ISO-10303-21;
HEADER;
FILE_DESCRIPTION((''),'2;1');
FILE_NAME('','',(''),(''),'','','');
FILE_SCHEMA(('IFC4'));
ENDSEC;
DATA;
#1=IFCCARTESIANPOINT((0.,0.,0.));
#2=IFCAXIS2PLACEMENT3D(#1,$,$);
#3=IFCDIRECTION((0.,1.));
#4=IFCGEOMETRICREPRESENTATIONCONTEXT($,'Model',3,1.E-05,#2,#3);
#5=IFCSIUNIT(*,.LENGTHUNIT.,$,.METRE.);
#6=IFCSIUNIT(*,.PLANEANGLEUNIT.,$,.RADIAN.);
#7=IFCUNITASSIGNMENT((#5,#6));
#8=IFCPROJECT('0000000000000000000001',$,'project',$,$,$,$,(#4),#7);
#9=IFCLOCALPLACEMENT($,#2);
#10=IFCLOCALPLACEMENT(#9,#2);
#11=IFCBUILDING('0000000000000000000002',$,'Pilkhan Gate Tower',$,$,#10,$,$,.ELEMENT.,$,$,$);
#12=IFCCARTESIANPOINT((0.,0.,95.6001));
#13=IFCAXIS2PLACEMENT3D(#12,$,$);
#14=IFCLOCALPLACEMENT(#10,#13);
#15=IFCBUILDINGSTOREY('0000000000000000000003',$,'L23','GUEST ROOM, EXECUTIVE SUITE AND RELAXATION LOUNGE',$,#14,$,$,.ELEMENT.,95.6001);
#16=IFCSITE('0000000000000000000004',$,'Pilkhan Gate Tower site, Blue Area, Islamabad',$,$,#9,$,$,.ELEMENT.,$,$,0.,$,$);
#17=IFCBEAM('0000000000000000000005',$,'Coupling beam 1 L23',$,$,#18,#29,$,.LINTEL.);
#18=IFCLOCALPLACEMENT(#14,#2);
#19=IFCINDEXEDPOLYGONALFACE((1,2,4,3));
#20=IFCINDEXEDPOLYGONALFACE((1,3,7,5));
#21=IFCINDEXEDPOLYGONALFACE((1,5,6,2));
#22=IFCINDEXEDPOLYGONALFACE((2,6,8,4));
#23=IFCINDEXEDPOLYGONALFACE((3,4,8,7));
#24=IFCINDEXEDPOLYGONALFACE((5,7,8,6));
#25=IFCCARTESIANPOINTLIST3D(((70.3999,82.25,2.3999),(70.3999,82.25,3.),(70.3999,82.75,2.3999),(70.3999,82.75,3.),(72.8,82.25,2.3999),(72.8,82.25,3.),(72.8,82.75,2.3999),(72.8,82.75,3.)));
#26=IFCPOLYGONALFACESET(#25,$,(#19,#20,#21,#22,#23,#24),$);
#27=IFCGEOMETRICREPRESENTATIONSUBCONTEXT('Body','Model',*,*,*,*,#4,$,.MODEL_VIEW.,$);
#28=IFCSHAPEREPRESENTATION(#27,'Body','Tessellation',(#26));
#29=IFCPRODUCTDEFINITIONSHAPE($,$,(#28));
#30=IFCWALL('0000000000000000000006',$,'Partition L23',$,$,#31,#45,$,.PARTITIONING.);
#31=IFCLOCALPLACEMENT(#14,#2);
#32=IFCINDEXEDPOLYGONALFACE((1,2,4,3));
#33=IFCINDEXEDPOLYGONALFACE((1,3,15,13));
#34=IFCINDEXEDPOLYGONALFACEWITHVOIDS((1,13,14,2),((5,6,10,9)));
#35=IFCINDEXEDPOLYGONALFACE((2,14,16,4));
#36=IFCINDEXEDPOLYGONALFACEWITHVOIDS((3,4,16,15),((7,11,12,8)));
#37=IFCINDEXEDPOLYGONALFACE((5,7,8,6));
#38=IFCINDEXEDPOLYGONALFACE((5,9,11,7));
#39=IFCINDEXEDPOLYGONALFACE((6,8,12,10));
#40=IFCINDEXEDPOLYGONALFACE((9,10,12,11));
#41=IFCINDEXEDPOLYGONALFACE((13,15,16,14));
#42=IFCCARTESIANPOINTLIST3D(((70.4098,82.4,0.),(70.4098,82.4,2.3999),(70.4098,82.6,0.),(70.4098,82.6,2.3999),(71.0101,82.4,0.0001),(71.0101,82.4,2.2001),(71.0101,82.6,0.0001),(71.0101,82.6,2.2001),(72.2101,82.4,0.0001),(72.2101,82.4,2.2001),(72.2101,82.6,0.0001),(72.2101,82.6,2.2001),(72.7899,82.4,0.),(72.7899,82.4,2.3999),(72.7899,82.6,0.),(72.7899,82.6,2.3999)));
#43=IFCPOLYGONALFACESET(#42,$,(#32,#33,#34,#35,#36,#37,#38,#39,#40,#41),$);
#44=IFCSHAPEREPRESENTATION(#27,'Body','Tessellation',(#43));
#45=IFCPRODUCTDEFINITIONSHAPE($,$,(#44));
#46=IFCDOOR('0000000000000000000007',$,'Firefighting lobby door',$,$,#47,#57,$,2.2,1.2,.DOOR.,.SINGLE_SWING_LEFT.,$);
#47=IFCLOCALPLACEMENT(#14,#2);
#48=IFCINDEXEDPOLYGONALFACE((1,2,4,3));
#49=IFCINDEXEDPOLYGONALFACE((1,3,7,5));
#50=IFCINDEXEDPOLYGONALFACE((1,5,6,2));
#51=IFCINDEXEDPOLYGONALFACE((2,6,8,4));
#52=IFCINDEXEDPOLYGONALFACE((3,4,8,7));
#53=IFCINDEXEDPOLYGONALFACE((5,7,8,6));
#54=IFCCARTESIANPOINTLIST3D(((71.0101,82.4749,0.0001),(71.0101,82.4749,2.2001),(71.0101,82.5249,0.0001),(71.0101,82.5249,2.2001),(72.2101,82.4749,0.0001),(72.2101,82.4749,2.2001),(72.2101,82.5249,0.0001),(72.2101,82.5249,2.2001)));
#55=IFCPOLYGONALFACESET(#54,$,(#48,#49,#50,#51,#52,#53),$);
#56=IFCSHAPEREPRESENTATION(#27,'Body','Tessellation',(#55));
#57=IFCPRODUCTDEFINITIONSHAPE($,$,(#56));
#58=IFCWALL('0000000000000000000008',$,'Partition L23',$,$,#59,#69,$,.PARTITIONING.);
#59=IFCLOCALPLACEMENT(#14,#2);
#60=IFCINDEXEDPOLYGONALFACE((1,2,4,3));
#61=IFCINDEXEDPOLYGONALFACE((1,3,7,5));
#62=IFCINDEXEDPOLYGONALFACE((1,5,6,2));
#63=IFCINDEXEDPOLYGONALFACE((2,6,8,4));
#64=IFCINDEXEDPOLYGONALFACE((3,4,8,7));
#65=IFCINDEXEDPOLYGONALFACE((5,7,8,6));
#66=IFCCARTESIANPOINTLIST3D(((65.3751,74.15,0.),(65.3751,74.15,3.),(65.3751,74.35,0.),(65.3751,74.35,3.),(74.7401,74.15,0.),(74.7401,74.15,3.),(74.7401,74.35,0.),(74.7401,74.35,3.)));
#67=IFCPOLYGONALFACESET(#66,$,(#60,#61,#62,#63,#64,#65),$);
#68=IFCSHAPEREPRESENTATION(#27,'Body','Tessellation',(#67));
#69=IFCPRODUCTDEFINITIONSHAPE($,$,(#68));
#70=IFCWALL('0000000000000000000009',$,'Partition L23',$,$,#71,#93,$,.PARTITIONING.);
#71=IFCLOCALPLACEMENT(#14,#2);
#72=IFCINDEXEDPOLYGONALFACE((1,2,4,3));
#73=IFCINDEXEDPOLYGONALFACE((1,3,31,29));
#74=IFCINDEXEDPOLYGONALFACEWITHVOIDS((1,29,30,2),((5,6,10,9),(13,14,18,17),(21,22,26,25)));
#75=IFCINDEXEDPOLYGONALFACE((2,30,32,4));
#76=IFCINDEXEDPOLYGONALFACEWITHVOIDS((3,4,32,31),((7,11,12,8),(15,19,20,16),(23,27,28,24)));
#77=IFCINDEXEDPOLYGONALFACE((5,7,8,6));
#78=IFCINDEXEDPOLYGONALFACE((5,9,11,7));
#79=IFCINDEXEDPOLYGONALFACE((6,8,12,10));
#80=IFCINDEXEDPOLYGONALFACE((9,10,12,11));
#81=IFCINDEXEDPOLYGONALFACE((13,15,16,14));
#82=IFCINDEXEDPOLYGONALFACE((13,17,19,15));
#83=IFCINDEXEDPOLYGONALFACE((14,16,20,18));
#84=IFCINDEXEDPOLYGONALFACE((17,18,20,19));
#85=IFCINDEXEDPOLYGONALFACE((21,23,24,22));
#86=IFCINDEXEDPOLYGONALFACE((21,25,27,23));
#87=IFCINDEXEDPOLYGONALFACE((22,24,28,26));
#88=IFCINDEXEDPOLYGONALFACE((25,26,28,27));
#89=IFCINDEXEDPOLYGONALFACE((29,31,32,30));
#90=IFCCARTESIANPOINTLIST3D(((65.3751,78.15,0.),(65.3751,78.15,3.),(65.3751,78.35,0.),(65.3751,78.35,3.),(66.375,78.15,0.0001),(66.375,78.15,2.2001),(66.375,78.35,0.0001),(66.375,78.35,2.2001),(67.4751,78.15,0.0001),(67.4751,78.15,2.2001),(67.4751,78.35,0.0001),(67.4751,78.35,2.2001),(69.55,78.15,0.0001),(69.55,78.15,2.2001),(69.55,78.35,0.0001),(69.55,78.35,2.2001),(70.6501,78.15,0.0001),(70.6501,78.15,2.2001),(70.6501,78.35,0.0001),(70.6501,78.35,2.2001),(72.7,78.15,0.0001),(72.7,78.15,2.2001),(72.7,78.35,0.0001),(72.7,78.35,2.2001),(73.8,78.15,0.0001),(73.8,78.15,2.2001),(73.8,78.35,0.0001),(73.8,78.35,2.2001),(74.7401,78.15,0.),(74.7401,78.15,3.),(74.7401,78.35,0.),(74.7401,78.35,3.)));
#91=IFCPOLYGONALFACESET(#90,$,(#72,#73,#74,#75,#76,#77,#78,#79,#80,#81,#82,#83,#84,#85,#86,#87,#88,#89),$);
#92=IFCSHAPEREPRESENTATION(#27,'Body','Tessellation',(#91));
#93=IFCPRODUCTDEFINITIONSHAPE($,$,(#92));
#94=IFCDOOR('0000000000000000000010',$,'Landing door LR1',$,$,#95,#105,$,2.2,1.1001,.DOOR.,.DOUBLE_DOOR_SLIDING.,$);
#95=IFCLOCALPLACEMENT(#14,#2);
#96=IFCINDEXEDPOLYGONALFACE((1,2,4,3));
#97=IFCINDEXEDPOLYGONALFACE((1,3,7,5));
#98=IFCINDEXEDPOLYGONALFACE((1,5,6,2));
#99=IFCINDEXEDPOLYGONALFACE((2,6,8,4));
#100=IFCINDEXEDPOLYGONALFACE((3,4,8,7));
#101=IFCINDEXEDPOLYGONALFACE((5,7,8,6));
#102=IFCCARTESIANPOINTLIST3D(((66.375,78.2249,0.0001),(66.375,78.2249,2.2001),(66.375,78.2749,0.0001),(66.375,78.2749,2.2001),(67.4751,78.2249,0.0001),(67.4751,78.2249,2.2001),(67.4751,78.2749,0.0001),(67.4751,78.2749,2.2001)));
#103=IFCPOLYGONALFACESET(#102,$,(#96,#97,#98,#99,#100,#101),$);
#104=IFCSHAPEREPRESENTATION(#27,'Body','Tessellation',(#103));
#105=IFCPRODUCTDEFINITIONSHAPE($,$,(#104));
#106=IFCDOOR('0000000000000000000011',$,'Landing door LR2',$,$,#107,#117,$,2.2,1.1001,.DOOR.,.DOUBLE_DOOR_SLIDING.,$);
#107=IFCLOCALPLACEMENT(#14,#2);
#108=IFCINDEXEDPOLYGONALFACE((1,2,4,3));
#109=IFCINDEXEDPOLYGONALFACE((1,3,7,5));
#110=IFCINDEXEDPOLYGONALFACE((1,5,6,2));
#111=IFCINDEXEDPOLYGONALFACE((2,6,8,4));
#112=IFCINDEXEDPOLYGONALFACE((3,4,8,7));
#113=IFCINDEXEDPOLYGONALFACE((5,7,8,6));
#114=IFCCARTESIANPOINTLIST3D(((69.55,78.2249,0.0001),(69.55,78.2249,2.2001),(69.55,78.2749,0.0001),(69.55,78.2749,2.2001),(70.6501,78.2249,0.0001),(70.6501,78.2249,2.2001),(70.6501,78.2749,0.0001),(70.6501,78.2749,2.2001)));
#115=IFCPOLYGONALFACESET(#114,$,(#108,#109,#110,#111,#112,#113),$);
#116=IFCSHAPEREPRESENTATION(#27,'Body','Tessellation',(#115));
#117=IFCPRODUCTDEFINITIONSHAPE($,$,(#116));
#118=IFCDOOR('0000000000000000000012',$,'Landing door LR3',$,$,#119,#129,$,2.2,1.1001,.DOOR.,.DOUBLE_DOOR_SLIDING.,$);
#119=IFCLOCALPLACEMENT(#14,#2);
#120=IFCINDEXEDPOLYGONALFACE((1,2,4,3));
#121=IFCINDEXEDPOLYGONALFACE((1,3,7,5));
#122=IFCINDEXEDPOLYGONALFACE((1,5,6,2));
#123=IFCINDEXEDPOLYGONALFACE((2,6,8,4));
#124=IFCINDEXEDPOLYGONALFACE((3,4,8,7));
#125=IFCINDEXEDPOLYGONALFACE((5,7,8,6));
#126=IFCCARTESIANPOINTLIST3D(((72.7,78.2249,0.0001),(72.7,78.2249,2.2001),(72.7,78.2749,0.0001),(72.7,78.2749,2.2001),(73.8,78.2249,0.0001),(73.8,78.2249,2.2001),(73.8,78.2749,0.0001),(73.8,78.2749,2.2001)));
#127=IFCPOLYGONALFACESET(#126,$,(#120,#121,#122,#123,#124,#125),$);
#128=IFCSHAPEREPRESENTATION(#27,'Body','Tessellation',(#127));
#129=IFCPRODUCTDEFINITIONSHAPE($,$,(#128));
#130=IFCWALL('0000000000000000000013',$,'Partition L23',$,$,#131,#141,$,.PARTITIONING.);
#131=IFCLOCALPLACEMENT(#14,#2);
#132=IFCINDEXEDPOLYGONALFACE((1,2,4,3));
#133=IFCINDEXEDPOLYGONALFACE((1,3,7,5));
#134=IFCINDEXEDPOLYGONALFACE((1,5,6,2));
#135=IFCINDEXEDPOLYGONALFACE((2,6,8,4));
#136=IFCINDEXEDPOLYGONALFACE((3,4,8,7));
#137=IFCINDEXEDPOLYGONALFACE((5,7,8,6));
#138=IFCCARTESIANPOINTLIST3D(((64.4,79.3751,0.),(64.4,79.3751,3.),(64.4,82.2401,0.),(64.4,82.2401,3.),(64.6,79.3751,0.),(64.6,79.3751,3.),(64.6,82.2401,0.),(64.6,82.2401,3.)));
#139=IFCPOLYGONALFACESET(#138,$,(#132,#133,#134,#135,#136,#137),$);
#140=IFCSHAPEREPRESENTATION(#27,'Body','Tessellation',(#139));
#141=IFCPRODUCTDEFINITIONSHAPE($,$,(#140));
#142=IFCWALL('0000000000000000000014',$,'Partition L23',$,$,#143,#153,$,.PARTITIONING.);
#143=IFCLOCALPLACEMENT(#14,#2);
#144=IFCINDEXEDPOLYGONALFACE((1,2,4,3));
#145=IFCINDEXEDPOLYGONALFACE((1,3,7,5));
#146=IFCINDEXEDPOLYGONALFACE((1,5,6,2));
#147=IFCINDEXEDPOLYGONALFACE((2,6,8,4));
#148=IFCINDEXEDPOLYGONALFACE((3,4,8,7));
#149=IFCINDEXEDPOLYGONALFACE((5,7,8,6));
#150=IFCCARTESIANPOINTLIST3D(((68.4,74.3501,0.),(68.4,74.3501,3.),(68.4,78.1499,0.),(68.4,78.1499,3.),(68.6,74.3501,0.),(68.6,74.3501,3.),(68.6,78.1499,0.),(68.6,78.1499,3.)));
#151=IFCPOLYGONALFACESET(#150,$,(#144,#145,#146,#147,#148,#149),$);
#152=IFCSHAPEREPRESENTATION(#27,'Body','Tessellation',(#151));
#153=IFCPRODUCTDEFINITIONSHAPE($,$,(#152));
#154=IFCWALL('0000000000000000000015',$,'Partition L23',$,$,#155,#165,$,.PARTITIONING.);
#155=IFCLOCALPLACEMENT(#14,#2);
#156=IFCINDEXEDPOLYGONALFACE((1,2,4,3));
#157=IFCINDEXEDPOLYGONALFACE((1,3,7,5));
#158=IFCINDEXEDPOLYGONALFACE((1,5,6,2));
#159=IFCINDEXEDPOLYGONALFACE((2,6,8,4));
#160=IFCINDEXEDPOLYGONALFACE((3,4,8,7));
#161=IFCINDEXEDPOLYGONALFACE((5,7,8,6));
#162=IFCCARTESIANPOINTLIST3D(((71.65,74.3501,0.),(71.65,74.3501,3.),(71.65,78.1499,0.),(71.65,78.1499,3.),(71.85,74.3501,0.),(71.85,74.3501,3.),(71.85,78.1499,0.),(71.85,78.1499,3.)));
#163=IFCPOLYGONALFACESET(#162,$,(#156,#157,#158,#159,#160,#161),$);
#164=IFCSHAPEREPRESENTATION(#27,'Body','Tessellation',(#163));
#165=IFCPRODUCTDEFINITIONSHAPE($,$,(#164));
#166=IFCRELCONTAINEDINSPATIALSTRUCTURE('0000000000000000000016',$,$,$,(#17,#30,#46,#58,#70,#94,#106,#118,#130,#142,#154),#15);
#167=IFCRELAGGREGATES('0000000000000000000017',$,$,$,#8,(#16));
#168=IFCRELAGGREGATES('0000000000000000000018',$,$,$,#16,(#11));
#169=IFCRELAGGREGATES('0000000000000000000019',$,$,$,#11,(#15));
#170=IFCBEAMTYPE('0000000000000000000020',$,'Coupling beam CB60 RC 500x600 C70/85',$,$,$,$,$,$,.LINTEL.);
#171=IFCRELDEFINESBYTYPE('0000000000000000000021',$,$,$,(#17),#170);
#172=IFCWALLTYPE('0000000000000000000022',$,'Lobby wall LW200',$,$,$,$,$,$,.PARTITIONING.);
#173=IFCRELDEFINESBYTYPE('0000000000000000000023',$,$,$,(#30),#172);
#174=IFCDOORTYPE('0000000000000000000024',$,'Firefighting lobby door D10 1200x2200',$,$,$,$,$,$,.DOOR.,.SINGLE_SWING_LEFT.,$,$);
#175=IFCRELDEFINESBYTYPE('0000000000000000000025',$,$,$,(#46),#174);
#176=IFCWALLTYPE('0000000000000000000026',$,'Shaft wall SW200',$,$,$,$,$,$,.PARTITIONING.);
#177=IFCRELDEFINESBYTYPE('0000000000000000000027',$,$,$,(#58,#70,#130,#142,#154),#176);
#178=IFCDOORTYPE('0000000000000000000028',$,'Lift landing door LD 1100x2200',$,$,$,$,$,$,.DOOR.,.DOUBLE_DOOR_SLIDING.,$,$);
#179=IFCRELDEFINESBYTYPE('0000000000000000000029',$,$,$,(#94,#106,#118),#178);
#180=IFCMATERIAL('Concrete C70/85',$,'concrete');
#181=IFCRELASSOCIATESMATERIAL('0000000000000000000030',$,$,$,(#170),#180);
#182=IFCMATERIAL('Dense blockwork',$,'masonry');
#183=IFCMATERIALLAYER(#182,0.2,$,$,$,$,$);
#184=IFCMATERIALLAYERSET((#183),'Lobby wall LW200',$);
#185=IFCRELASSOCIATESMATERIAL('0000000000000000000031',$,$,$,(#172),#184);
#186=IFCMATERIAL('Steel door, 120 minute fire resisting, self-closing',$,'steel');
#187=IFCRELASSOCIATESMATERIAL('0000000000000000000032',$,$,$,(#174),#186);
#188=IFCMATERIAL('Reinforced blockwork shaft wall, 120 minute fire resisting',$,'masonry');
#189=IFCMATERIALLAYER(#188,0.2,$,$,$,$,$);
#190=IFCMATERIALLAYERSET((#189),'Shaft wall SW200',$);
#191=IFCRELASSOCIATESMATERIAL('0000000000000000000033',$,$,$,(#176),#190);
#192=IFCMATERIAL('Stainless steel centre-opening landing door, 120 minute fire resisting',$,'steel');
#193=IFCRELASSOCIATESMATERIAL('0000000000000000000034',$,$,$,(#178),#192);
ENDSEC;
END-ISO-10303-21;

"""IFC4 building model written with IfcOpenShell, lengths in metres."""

from ifc_helpers import new_model, si_unit, direction, frame, frame_2d, origin, origin_2d, place, context, subcontext, project, spatial, rectangle, extrude, material, layer, layer_set, material_profile, profile_set, type_object, element, fill, save


model = new_model("IFC4")

# Units and contexts
model_context = context("Model", 3, precision=1e-05, world=origin(), true_north=direction((0.0, 1.0)))
body_context = subcontext(model_context, "Body", "Model", "MODEL_VIEW")
ifc_project = project(units=[si_unit("LENGTHUNIT", "METRE"), si_unit("PLANEANGLEUNIT", "RADIAN")], contexts=[model_context])

# Site, building, storey
site_placement = place(None, origin())
site = spatial("IfcSite", under=ifc_project, at=site_placement, Name="Pilkhan Gate Tower site, Blue Area, Islamabad", CompositionType="ELEMENT", RefElevation=0.0)
building_placement = place(site_placement, origin())
building = spatial("IfcBuilding", under=site, at=building_placement, Name="Pilkhan Gate Tower", CompositionType="ELEMENT")
storey_placement = place(building_placement, frame((0.0, 0.0, 95.6001)))
storey = spatial("IfcBuildingStorey", under=building, at=storey_placement, Name="L23", Description="GUEST ROOM, EXECUTIVE SUITE AND RELAXATION LOUNGE", CompositionType="ELEMENT", Elevation=95.6001)

# Beam
ifc_material_1 = material(Name="Concrete C70/85", Category="concrete")
ifc_material_profile = material_profile(ifc_material_1, rectangle(XDim=0.5, YDim=0.6001, at=origin_2d()), Name="RC 500x600")
ifc_profile_set = profile_set([ifc_material_profile], Name="Concrete C70/85")
beam_type = type_object("IfcBeamType", Name="Coupling beam CB60 RC 500x600 C70/85", PredefinedType="LINTEL", material=ifc_profile_set)
beam_placement = place(storey_placement, frame((70.3999, 82.5, 2.7), z_axis=(1.0, 0.0, 0.0), x_axis=(0.0, 1.0, 0.0)))
element("IfcBeam", 1, at=beam_placement, inside=storey, type_object=beam_type, Name="Coupling beam 1 L23", PredefinedType="LINTEL", context=body_context, shape_type="SweptSolid", body=[
    extrude(rectangle(XDim=0.5, YDim=0.6001, at=origin_2d()), origin(), (0.0, 0.0, 1.0), 2.4001),
])

# Wall, opening, door
ifc_material_2 = material(Name="Dense blockwork", Category="masonry")
ifc_layer_1 = layer(ifc_material_2, 0.2)
ifc_layer_set_1 = layer_set([ifc_layer_1], Name="Lobby wall LW200")
wall_type_1 = type_object("IfcWallType", Name="Lobby wall LW200", PredefinedType="PARTITIONING", material=ifc_layer_set_1)
wall_1_placement = place(storey_placement, frame((70.4099, 82.5, 0.0), z_axis=(0.0, 0.0, 1.0), x_axis=(1.0, 0.0, 0.0)))
wall_1 = element("IfcWall", 2, at=wall_1_placement, inside=storey, type_object=wall_type_1, Name="Partition L23", PredefinedType="PARTITIONING", context=body_context, shape_type="SweptSolid", body=[
    extrude(rectangle(XDim=2.3801, YDim=0.2, at=frame_2d((1.1899, 0.0))), origin(), (0.0, 0.0, 1.0), 2.3999),
])
opening_1_placement = place(wall_1_placement, frame((0.6001, 0.0, 0.0)))
opening_1 = element("IfcOpeningElement", 3, at=opening_1_placement, cuts=wall_1, PredefinedType="OPENING", context=body_context, shape_type="SweptSolid", body=[
    extrude(rectangle(XDim=1.2, YDim=2.2, at=frame_2d((0.6001, 1.1001))), frame((0.0, 0.1099, 0.0), z_axis=(0.0, -1.0, 0.0), x_axis=(1.0, 0.0, 0.0)), (0.0, 0.0, 1.0), 0.22),
])
ifc_material_3 = material(Name="Steel door, 120 minute fire resisting, self-closing", Category="steel")
door_type_1 = type_object("IfcDoorType", Name="Firefighting lobby door D10 1200x2200", OperationType="SINGLE_SWING_LEFT", PredefinedType="DOOR", material=ifc_material_3)
door_1_placement = place(opening_1_placement, origin())
door_1 = element("IfcDoor", 4, at=door_1_placement, inside=storey, type_object=door_type_1, Name="Firefighting lobby door", OperationType="SINGLE_SWING_LEFT", OverallHeight=2.2, OverallWidth=1.2, PredefinedType="DOOR", context=body_context, shape_type="SweptSolid", body=[
    extrude(rectangle(XDim=1.2, YDim=2.2, at=frame_2d((0.6001, 1.1001))), frame((0.0, 0.0249, 0.0), z_axis=(0.0, -1.0, 0.0), x_axis=(1.0, 0.0, 0.0)), (0.0, 0.0, 1.0), 0.05),
])
fill(opening_1, door_1)

# Wall
ifc_material_4 = material(Name="Reinforced blockwork shaft wall, 120 minute fire resisting", Category="masonry")
ifc_layer_2 = layer(ifc_material_4, 0.2)
ifc_layer_set_2 = layer_set([ifc_layer_2], Name="Shaft wall SW200")
wall_type_2 = type_object("IfcWallType", Name="Shaft wall SW200", PredefinedType="PARTITIONING", material=ifc_layer_set_2)
wall_2_placement = place(storey_placement, frame((65.375, 74.25, 0.0), z_axis=(0.0, 0.0, 1.0), x_axis=(1.0, 0.0, 0.0)))
element("IfcWall", 5, at=wall_2_placement, inside=storey, type_object=wall_type_2, Name="Partition L23", PredefinedType="PARTITIONING", context=body_context, shape_type="SweptSolid", body=[
    extrude(rectangle(XDim=9.365, YDim=0.2, at=frame_2d((4.6826, 0.0))), origin(), (0.0, 0.0, 1.0), 3.0),
])

# Wall, openings, doors
wall_3_placement = place(storey_placement, frame((65.375, 78.25, 0.0), z_axis=(0.0, 0.0, 1.0), x_axis=(1.0, 0.0, 0.0)))
wall_3 = element("IfcWall", 6, at=wall_3_placement, inside=storey, type_object=wall_type_2, Name="Partition L23", PredefinedType="PARTITIONING", context=body_context, shape_type="SweptSolid", body=[
    extrude(rectangle(XDim=9.365, YDim=0.2, at=frame_2d((4.6826, 0.0))), origin(), (0.0, 0.0, 1.0), 3.0),
])
opening_2_placement = place(wall_3_placement, frame((1.0, 0.0, 0.0)))
opening_2 = element("IfcOpeningElement", 7, at=opening_2_placement, cuts=wall_3, PredefinedType="OPENING", context=body_context, shape_type="SweptSolid", body=[
    extrude(rectangle(XDim=1.1001, YDim=2.2, at=frame_2d((0.55, 1.1001))), frame((0.0, 0.1099, 0.0), z_axis=(0.0, -1.0, 0.0), x_axis=(1.0, 0.0, 0.0)), (0.0, 0.0, 1.0), 0.22),
])
opening_3_placement = place(wall_3_placement, frame((4.175, 0.0, 0.0)))
opening_3 = element("IfcOpeningElement", 8, at=opening_3_placement, cuts=wall_3, PredefinedType="OPENING", context=body_context, shape_type="SweptSolid", body=[
    extrude(rectangle(XDim=1.1001, YDim=2.2, at=frame_2d((0.55, 1.1001))), frame((0.0, 0.1099, 0.0), z_axis=(0.0, -1.0, 0.0), x_axis=(1.0, 0.0, 0.0)), (0.0, 0.0, 1.0), 0.22),
])
opening_4_placement = place(wall_3_placement, frame((7.325, 0.0, 0.0)))
opening_4 = element("IfcOpeningElement", 9, at=opening_4_placement, cuts=wall_3, PredefinedType="OPENING", context=body_context, shape_type="SweptSolid", body=[
    extrude(rectangle(XDim=1.1001, YDim=2.2, at=frame_2d((0.55, 1.1001))), frame((0.0, 0.1099, 0.0), z_axis=(0.0, -1.0, 0.0), x_axis=(1.0, 0.0, 0.0)), (0.0, 0.0, 1.0), 0.22),
])
ifc_material_5 = material(Name="Stainless steel centre-opening landing door, 120 minute fire resisting", Category="steel")
door_type_2 = type_object("IfcDoorType", Name="Lift landing door LD 1100x2200", OperationType="DOUBLE_DOOR_SLIDING", PredefinedType="DOOR", material=ifc_material_5)
door_2_placement = place(opening_2_placement, origin())
door_2 = element("IfcDoor", 10, at=door_2_placement, inside=storey, type_object=door_type_2, Name="Landing door LR1", OperationType="DOUBLE_DOOR_SLIDING", OverallHeight=2.2, OverallWidth=1.1001, PredefinedType="DOOR", context=body_context, shape_type="SweptSolid", body=[
    extrude(rectangle(XDim=1.1001, YDim=2.2, at=frame_2d((0.55, 1.1001))), frame((0.0, 0.0249, 0.0), z_axis=(0.0, -1.0, 0.0), x_axis=(1.0, 0.0, 0.0)), (0.0, 0.0, 1.0), 0.05),
])
fill(opening_2, door_2)
door_3_placement = place(opening_3_placement, origin())
door_3 = element("IfcDoor", 11, at=door_3_placement, inside=storey, type_object=door_type_2, Name="Landing door LR2", OperationType="DOUBLE_DOOR_SLIDING", OverallHeight=2.2, OverallWidth=1.1001, PredefinedType="DOOR", context=body_context, shape_type="SweptSolid", body=[
    extrude(rectangle(XDim=1.1001, YDim=2.2, at=frame_2d((0.55, 1.1001))), frame((0.0, 0.0249, 0.0), z_axis=(0.0, -1.0, 0.0), x_axis=(1.0, 0.0, 0.0)), (0.0, 0.0, 1.0), 0.05),
])
fill(opening_3, door_3)
door_4_placement = place(opening_4_placement, origin())
door_4 = element("IfcDoor", 12, at=door_4_placement, inside=storey, type_object=door_type_2, Name="Landing door LR3", OperationType="DOUBLE_DOOR_SLIDING", OverallHeight=2.2, OverallWidth=1.1001, PredefinedType="DOOR", context=body_context, shape_type="SweptSolid", body=[
    extrude(rectangle(XDim=1.1001, YDim=2.2, at=frame_2d((0.55, 1.1001))), frame((0.0, 0.0249, 0.0), z_axis=(0.0, -1.0, 0.0), x_axis=(1.0, 0.0, 0.0)), (0.0, 0.0, 1.0), 0.05),
])
fill(opening_4, door_4)

# Walls
wall_4_placement = place(storey_placement, frame((64.5, 79.375, 0.0), z_axis=(0.0, 0.0, 1.0), x_axis=(0.0, 1.0, 0.0)))
element("IfcWall", 13, at=wall_4_placement, inside=storey, type_object=wall_type_2, Name="Partition L23", PredefinedType="PARTITIONING", context=body_context, shape_type="SweptSolid", body=[
    extrude(rectangle(XDim=2.865, YDim=0.2, at=frame_2d((1.4326, 0.0))), origin(), (0.0, 0.0, 1.0), 3.0),
])
for number, where, z_axis, x_axis, name in (
    (14, (68.5, 74.3501, 0.0), (0.0, 0.0, 1.0), (0.0, 1.0, 0.0), "Partition L23"),
    (15, (71.75, 74.3501, 0.0), (0.0, 0.0, 1.0), (0.0, 1.0, 0.0), "Partition L23"),
):
    element("IfcWall", number, at=place(storey_placement, frame(where, z_axis=z_axis, x_axis=x_axis)), inside=storey, type_object=wall_type_2, Name=name, PredefinedType="PARTITIONING", context=body_context, shape_type="SweptSolid", body=[
        extrude(rectangle(XDim=3.7998, YDim=0.2, at=frame_2d((1.8999, 0.0))), origin(), (0.0, 0.0, 1.0), 3.0),
    ])

save(model, "model.ifc")
